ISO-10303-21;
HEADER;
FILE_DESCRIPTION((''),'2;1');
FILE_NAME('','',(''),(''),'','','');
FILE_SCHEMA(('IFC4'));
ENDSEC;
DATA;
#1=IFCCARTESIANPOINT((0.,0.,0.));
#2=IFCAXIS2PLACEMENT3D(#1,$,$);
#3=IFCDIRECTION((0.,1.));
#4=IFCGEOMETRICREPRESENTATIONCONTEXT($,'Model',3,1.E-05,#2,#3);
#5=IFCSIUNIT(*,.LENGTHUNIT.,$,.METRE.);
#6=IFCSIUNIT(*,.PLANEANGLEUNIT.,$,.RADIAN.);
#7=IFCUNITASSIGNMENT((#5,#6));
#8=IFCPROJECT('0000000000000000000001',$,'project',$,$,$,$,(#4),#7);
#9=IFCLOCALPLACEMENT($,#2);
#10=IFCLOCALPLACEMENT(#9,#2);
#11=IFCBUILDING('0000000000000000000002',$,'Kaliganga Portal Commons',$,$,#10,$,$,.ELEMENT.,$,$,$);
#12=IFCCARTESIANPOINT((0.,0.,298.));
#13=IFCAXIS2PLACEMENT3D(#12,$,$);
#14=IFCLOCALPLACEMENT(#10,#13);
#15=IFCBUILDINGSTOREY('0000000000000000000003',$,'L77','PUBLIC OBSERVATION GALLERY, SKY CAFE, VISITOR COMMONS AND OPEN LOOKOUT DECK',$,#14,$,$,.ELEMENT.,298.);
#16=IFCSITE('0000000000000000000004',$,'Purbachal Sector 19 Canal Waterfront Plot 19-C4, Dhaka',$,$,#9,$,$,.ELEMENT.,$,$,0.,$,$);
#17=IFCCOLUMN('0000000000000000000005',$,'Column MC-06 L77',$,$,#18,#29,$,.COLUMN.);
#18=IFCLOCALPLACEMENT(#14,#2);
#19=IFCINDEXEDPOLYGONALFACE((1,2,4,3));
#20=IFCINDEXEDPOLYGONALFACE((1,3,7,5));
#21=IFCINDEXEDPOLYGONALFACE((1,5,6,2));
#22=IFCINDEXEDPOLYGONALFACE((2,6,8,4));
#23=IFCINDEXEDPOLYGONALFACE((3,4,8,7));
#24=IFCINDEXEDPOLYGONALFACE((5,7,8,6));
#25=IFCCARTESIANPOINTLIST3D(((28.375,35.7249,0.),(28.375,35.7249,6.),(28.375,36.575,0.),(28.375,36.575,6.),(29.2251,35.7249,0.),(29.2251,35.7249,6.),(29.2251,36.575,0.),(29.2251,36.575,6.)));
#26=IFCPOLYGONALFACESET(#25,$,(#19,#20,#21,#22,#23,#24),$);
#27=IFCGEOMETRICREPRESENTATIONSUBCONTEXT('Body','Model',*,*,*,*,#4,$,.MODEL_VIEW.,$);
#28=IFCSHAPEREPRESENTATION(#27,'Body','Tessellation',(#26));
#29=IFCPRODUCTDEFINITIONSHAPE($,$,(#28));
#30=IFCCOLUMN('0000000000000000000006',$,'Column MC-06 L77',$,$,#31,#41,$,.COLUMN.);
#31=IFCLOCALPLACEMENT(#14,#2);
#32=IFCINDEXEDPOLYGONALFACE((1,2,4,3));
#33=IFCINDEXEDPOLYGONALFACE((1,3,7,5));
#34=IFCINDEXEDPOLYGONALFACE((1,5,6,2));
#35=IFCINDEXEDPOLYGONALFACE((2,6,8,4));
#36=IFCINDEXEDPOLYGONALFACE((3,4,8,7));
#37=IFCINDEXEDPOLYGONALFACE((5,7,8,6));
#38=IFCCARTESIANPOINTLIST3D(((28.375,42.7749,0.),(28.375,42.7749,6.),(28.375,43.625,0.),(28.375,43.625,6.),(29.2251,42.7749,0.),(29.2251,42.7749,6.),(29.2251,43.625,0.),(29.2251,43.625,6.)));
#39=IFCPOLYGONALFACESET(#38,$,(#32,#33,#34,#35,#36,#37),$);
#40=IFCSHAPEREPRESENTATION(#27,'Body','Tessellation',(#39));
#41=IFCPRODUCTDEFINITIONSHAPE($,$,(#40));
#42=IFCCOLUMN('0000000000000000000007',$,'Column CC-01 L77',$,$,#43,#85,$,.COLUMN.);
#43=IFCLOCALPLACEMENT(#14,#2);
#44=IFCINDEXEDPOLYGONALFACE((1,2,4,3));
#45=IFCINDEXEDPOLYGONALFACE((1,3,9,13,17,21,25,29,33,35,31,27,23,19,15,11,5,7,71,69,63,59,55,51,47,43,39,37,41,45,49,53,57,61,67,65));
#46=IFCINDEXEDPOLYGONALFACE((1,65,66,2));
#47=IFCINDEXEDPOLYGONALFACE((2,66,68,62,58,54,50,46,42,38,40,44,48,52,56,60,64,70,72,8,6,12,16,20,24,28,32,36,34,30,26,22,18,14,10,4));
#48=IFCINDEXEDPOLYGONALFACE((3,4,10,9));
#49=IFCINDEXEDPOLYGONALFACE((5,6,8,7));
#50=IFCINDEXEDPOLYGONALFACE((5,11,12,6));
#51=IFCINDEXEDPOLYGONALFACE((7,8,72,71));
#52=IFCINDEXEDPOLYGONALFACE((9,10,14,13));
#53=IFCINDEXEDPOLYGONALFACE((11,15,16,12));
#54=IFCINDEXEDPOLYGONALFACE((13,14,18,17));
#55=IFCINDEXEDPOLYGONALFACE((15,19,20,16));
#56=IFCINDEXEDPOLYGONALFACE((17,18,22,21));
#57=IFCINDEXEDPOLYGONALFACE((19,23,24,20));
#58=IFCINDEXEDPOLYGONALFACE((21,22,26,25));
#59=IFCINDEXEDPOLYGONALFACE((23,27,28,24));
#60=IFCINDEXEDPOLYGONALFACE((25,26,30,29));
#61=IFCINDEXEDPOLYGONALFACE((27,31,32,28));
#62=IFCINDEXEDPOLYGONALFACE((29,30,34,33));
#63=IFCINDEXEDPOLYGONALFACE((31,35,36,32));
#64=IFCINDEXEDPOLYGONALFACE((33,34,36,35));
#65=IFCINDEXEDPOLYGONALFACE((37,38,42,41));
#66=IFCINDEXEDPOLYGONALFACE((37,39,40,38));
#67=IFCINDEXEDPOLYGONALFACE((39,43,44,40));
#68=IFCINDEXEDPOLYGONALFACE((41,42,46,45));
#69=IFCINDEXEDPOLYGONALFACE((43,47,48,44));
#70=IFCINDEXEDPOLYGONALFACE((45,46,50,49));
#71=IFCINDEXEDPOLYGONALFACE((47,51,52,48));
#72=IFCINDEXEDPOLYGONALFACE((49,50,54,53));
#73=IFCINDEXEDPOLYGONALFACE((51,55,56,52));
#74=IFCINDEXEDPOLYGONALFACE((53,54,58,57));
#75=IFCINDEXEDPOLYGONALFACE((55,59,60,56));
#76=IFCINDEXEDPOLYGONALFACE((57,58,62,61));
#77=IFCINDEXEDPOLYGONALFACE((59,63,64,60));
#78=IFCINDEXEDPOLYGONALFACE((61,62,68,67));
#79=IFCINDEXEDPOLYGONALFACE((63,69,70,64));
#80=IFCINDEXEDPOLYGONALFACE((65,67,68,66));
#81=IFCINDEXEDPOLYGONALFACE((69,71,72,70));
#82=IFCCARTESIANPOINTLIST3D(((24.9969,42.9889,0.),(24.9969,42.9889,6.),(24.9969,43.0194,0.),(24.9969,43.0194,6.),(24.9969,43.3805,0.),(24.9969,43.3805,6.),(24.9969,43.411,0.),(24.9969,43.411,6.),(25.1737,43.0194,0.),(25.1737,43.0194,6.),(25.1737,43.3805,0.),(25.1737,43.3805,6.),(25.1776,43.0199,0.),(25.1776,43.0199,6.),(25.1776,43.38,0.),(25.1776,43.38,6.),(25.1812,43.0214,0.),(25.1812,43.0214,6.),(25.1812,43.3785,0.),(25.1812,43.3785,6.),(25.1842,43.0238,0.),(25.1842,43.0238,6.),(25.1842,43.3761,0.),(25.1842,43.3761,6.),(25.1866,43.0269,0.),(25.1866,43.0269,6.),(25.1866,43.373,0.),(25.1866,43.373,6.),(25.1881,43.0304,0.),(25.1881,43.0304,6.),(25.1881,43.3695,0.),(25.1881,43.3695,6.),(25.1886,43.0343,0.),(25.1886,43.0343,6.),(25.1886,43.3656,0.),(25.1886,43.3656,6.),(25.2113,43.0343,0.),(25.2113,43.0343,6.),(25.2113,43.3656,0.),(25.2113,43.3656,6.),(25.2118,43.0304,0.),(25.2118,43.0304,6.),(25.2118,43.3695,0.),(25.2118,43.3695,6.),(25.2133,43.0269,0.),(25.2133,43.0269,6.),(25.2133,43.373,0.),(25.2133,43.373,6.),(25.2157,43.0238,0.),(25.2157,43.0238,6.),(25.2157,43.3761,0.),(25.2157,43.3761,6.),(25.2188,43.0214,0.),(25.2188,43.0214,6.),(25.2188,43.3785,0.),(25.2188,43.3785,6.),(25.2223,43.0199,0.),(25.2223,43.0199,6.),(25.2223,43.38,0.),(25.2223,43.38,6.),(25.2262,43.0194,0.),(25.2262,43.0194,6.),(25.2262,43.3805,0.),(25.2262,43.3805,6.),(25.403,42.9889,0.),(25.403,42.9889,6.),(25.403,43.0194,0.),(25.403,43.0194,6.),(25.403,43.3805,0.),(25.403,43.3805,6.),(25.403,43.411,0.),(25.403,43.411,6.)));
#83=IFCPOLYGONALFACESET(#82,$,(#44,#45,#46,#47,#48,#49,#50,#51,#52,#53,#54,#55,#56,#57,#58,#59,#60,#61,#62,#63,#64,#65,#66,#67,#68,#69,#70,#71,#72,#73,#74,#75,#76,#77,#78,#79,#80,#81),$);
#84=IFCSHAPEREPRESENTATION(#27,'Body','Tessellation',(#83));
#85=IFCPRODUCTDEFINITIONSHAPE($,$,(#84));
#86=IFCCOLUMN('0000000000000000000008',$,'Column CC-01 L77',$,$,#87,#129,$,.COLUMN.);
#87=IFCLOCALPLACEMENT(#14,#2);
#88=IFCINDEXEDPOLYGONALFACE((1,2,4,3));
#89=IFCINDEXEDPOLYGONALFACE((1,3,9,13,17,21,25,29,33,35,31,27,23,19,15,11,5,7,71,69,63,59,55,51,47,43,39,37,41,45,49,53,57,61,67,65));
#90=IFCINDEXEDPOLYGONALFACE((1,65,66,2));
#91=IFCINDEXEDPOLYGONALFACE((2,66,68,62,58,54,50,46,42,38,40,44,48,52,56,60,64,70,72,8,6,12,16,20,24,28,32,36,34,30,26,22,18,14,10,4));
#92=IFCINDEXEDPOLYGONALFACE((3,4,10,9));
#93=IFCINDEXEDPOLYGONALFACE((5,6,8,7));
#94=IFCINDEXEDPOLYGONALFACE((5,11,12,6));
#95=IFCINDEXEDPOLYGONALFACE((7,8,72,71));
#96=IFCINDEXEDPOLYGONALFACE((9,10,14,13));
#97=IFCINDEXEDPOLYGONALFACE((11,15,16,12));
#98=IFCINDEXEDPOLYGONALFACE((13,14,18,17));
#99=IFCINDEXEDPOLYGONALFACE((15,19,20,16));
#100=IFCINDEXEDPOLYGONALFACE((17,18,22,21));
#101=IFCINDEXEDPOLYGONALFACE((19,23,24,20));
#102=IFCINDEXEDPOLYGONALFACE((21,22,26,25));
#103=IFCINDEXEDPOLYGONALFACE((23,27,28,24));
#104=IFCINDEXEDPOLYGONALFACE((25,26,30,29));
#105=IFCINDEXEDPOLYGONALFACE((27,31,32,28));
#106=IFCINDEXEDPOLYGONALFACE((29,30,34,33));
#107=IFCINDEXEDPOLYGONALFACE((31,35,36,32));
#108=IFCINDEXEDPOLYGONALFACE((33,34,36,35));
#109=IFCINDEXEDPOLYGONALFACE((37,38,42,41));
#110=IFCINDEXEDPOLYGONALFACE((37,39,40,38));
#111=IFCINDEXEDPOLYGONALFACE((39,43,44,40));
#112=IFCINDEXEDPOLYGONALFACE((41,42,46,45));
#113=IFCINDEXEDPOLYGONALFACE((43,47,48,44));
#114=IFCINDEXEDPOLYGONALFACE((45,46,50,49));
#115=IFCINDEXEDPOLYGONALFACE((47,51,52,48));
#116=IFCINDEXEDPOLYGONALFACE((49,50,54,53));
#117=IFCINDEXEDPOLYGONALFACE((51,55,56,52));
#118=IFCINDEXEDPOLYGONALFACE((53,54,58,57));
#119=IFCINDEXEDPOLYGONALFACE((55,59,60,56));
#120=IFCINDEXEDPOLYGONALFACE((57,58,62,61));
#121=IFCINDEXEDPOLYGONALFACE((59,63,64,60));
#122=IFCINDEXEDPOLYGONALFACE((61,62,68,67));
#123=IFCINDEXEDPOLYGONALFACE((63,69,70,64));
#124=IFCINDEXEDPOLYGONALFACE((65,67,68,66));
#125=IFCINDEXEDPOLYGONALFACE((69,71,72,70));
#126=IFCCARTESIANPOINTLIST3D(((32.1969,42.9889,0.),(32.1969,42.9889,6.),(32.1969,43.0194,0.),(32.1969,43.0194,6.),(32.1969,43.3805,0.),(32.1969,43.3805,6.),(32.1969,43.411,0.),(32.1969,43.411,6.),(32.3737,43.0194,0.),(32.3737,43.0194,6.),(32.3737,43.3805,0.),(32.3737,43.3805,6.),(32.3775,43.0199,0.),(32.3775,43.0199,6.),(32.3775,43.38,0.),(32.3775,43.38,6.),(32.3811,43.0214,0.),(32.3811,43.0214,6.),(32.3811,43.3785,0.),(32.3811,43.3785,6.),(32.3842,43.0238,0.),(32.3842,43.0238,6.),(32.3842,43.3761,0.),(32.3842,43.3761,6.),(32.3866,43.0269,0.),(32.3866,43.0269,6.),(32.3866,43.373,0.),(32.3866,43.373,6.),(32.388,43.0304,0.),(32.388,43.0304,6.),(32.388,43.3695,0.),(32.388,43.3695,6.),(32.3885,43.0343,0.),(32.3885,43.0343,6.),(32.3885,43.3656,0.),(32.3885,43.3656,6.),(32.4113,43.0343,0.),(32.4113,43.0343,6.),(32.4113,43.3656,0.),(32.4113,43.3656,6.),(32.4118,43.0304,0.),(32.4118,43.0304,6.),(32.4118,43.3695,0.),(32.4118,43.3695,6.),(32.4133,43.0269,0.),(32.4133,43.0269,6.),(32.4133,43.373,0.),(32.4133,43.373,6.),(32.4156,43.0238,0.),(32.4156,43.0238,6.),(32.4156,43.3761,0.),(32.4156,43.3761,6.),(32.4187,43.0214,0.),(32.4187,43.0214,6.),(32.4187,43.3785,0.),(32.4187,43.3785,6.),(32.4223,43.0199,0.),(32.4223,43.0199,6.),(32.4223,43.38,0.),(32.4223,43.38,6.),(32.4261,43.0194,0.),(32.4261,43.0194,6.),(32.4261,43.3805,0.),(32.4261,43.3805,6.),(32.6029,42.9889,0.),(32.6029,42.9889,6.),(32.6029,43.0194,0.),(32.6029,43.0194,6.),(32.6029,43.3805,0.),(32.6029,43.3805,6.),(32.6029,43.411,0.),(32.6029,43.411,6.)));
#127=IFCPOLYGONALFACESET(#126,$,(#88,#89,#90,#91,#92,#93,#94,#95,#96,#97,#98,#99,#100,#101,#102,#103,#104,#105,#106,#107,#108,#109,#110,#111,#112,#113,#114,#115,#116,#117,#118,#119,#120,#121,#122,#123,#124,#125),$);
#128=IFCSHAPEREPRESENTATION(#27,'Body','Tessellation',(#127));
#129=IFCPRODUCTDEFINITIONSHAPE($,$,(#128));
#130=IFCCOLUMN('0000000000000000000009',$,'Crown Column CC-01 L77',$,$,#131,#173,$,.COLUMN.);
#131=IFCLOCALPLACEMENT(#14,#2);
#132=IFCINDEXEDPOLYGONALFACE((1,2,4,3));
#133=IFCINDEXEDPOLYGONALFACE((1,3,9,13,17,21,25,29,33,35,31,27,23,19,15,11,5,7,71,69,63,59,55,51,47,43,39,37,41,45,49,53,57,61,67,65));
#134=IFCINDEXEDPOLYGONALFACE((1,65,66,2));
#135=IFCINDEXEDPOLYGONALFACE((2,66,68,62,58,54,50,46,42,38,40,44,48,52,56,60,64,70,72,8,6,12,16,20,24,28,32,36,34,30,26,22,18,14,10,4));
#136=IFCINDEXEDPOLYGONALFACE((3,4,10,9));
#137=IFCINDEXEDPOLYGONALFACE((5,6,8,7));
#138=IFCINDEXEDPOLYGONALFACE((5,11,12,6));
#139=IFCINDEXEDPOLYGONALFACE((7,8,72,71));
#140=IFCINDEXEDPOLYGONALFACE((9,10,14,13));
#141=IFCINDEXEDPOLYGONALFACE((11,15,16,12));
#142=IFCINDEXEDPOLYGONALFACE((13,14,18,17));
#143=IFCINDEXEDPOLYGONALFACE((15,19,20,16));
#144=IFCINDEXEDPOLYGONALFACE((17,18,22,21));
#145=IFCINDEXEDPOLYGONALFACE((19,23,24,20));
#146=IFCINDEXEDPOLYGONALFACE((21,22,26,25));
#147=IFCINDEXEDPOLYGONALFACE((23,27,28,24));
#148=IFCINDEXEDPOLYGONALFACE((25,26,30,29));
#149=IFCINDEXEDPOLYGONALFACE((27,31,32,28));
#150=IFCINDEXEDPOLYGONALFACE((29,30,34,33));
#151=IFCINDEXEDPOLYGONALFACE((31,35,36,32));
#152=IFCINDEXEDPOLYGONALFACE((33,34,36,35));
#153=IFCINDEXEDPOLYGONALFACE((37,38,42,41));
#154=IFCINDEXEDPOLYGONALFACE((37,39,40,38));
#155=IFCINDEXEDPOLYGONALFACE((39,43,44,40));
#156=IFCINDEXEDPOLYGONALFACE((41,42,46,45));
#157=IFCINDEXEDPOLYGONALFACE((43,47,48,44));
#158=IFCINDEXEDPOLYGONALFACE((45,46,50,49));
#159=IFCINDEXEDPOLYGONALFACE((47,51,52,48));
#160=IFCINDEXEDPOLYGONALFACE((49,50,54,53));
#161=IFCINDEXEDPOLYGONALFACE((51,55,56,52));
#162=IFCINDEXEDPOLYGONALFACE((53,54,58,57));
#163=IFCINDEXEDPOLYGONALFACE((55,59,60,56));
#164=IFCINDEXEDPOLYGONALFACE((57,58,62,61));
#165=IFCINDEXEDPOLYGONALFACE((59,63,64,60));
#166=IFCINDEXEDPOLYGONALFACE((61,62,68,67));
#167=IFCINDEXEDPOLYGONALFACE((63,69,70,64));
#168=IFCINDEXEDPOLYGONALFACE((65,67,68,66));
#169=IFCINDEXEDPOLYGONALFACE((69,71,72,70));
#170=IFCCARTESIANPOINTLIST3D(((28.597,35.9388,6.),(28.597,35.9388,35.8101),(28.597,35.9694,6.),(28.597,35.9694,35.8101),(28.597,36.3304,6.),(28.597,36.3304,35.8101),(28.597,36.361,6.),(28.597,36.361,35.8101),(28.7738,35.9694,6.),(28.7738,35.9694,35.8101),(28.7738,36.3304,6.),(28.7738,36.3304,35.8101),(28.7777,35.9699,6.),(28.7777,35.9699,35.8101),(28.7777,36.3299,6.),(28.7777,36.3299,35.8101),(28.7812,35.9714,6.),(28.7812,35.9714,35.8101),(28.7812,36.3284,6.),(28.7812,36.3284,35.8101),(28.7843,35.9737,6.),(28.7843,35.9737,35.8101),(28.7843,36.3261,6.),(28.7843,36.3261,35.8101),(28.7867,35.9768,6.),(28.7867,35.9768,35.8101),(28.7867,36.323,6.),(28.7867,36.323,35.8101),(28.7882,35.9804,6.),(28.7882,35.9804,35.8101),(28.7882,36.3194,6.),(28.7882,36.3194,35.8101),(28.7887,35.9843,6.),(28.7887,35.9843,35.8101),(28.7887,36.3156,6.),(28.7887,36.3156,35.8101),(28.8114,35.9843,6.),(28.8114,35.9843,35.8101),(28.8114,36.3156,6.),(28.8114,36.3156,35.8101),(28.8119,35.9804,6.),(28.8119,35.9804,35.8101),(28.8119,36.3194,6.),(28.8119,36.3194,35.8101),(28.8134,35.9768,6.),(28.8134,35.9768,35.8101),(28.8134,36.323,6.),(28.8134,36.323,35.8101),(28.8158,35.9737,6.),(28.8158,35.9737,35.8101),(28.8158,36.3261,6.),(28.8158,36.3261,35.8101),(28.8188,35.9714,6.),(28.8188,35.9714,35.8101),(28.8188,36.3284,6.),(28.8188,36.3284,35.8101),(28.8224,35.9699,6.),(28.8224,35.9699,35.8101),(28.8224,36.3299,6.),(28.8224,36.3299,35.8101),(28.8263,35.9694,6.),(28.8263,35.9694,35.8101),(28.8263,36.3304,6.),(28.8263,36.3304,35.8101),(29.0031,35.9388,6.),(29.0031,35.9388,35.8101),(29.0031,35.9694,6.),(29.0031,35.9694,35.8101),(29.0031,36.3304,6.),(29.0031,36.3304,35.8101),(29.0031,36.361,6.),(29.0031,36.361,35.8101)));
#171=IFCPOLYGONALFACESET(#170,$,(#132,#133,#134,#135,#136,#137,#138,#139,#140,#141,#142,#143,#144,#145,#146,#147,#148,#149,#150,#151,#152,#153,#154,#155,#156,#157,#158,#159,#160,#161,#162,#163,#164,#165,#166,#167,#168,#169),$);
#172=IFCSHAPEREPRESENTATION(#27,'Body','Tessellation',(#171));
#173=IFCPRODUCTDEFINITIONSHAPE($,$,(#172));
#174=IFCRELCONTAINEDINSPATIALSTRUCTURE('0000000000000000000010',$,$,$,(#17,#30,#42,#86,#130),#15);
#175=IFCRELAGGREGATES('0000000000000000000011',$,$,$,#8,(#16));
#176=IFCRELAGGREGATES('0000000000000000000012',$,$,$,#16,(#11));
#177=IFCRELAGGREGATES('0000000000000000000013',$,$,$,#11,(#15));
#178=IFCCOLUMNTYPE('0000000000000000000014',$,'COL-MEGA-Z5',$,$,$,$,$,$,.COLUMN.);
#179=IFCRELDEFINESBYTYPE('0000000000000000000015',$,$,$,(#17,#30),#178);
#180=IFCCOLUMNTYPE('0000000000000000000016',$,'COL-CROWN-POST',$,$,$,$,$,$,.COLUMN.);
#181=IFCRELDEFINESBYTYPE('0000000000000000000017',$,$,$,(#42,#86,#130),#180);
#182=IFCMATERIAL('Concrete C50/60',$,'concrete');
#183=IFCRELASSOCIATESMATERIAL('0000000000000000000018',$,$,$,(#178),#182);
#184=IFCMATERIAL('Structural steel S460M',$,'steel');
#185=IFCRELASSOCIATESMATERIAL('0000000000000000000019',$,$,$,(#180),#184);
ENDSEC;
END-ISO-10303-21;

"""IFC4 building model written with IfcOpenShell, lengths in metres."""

from ifc_helpers import new_model, si_unit, direction, frame, origin, origin_2d, place, context, subcontext, project, spatial, rectangle, i_section, extrude, source, transform, mapped, material, material_profile, profile_set, type_object, element, save


model = new_model("IFC4")

# Units and contexts
model_context = context("Model", 3, precision=1e-05, world=origin(), true_north=direction((0.0, 1.0)))
body_context = subcontext(model_context, "Body", "Model", "MODEL_VIEW")
ifc_project = project(units=[si_unit("LENGTHUNIT", "METRE"), si_unit("PLANEANGLEUNIT", "RADIAN")], contexts=[model_context])

# Site, building, storey
site_placement = place(None, origin())
site = spatial("IfcSite", under=ifc_project, at=site_placement, Name="Purbachal Sector 19 Canal Waterfront Plot 19-C4, Dhaka", CompositionType="ELEMENT", RefElevation=0.0)
building_placement = place(site_placement, origin())
building = spatial("IfcBuilding", under=site, at=building_placement, Name="Kaliganga Portal Commons", CompositionType="ELEMENT")
storey_placement = place(building_placement, frame((0.0, 0.0, 298.0)))
storey = spatial("IfcBuildingStorey", under=building, at=storey_placement, Name="L77", Description="PUBLIC OBSERVATION GALLERY, SKY CAFE, VISITOR COMMONS AND OPEN LOOKOUT DECK", CompositionType="ELEMENT", Elevation=298.0)

# Columns
ifc_material_1 = material(Name="Concrete C50/60", Category="concrete")
ifc_material_profile_1 = material_profile(ifc_material_1, rectangle(XDim=0.8501, YDim=0.8501, at=origin_2d()), Name="RC 850x850")
ifc_profile_set_1 = profile_set([ifc_material_profile_1], Name="Concrete C50/60")
column_type_1 = type_object("IfcColumnType", Name="COL-MEGA-Z5", PredefinedType="COLUMN", material=ifc_profile_set_1)
shared_shape_1 = source(origin(), body_context, "Body", "SweptSolid", [
    extrude(rectangle(XDim=0.8501, YDim=0.8501, at=origin_2d()), origin(), (0.0, 0.0, 1.0), 6.0),
])
for number, where, z_axis, x_axis, name in (
    (1, (28.8, 36.1499, 0.0), (0.0, 0.0, 1.0), (1.0, 0.0, 0.0), "Column MC-06 L77"),
    (2, (28.8, 43.2, 0.0), (0.0, 0.0, 1.0), (1.0, 0.0, 0.0), "Column MC-06 L77"),
):
    element("IfcColumn", number, at=place(storey_placement, frame(where, z_axis=z_axis, x_axis=x_axis)), inside=storey, type_object=column_type_1, Name=name, PredefinedType="COLUMN", context=body_context, shape_type="MappedRepresentation", body=[
        mapped(shared_shape_1, transform((0.0, 0.0, 0.0), x_axis=(1.0, 0.0, 0.0), y_axis=(0.0, 1.0, 0.0), z_axis=(0.0, 0.0, 1.0), scale=1.0)),
    ])
ifc_material_2 = material(Name="Structural steel S460M", Category="steel")
ifc_material_profile_2 = material_profile(ifc_material_2, i_section(OverallWidth=0.406, OverallDepth=0.4221, WebThickness=0.0227, FlangeThickness=0.0305, FilletRadius=0.0149, at=origin_2d()), Name="HD 400x382")
ifc_profile_set_2 = profile_set([ifc_material_profile_2], Name="Structural steel S460M wide-flange")
column_type_2 = type_object("IfcColumnType", Name="COL-CROWN-POST", PredefinedType="COLUMN", material=ifc_profile_set_2)
shared_shape_2 = source(origin(), body_context, "Body", "SweptSolid", [
    extrude(i_section(OverallWidth=0.406, OverallDepth=0.4221, WebThickness=0.0227, FlangeThickness=0.0305, FilletRadius=0.0149, at=origin_2d()), origin(), (0.0, 0.0, 1.0), 6.0),
])
for number, where, z_axis, x_axis, name in (
    (3, (25.2, 43.2, 0.0), (0.0, 0.0, 1.0), (1.0, 0.0, 0.0), "Column CC-01 L77"),
    (4, (32.3999, 43.2, 0.0), (0.0, 0.0, 1.0), (1.0, 0.0, 0.0), "Column CC-01 L77"),
):
    element("IfcColumn", number, at=place(storey_placement, frame(where, z_axis=z_axis, x_axis=x_axis)), inside=storey, type_object=column_type_2, Name=name, PredefinedType="COLUMN", context=body_context, shape_type="MappedRepresentation", body=[
        mapped(shared_shape_2, transform((0.0, 0.0, 0.0), x_axis=(1.0, 0.0, 0.0), y_axis=(0.0, 1.0, 0.0), z_axis=(0.0, 0.0, 1.0), scale=1.0)),
    ])
shared_shape_3 = source(origin(), body_context, "Body", "SweptSolid", [
    extrude(i_section(OverallWidth=0.406, OverallDepth=0.4221, WebThickness=0.0227, FlangeThickness=0.0305, FilletRadius=0.0149, at=origin_2d()), origin(), (0.0, 0.0, 1.0), 29.8101),
])
column_placement = place(storey_placement, frame((28.8, 36.1499, 6.0), z_axis=(0.0, 0.0, 1.0), x_axis=(1.0, 0.0, 0.0)))
element("IfcColumn", 5, at=column_placement, inside=storey, type_object=column_type_2, Name="Crown Column CC-01 L77", PredefinedType="COLUMN", context=body_context, shape_type="MappedRepresentation", body=[
    mapped(shared_shape_3, transform((0.0, 0.0, 0.0), x_axis=(1.0, 0.0, 0.0), y_axis=(0.0, 1.0, 0.0), z_axis=(0.0, 0.0, 1.0), scale=1.0)),
])

save(model, "model.ifc")
